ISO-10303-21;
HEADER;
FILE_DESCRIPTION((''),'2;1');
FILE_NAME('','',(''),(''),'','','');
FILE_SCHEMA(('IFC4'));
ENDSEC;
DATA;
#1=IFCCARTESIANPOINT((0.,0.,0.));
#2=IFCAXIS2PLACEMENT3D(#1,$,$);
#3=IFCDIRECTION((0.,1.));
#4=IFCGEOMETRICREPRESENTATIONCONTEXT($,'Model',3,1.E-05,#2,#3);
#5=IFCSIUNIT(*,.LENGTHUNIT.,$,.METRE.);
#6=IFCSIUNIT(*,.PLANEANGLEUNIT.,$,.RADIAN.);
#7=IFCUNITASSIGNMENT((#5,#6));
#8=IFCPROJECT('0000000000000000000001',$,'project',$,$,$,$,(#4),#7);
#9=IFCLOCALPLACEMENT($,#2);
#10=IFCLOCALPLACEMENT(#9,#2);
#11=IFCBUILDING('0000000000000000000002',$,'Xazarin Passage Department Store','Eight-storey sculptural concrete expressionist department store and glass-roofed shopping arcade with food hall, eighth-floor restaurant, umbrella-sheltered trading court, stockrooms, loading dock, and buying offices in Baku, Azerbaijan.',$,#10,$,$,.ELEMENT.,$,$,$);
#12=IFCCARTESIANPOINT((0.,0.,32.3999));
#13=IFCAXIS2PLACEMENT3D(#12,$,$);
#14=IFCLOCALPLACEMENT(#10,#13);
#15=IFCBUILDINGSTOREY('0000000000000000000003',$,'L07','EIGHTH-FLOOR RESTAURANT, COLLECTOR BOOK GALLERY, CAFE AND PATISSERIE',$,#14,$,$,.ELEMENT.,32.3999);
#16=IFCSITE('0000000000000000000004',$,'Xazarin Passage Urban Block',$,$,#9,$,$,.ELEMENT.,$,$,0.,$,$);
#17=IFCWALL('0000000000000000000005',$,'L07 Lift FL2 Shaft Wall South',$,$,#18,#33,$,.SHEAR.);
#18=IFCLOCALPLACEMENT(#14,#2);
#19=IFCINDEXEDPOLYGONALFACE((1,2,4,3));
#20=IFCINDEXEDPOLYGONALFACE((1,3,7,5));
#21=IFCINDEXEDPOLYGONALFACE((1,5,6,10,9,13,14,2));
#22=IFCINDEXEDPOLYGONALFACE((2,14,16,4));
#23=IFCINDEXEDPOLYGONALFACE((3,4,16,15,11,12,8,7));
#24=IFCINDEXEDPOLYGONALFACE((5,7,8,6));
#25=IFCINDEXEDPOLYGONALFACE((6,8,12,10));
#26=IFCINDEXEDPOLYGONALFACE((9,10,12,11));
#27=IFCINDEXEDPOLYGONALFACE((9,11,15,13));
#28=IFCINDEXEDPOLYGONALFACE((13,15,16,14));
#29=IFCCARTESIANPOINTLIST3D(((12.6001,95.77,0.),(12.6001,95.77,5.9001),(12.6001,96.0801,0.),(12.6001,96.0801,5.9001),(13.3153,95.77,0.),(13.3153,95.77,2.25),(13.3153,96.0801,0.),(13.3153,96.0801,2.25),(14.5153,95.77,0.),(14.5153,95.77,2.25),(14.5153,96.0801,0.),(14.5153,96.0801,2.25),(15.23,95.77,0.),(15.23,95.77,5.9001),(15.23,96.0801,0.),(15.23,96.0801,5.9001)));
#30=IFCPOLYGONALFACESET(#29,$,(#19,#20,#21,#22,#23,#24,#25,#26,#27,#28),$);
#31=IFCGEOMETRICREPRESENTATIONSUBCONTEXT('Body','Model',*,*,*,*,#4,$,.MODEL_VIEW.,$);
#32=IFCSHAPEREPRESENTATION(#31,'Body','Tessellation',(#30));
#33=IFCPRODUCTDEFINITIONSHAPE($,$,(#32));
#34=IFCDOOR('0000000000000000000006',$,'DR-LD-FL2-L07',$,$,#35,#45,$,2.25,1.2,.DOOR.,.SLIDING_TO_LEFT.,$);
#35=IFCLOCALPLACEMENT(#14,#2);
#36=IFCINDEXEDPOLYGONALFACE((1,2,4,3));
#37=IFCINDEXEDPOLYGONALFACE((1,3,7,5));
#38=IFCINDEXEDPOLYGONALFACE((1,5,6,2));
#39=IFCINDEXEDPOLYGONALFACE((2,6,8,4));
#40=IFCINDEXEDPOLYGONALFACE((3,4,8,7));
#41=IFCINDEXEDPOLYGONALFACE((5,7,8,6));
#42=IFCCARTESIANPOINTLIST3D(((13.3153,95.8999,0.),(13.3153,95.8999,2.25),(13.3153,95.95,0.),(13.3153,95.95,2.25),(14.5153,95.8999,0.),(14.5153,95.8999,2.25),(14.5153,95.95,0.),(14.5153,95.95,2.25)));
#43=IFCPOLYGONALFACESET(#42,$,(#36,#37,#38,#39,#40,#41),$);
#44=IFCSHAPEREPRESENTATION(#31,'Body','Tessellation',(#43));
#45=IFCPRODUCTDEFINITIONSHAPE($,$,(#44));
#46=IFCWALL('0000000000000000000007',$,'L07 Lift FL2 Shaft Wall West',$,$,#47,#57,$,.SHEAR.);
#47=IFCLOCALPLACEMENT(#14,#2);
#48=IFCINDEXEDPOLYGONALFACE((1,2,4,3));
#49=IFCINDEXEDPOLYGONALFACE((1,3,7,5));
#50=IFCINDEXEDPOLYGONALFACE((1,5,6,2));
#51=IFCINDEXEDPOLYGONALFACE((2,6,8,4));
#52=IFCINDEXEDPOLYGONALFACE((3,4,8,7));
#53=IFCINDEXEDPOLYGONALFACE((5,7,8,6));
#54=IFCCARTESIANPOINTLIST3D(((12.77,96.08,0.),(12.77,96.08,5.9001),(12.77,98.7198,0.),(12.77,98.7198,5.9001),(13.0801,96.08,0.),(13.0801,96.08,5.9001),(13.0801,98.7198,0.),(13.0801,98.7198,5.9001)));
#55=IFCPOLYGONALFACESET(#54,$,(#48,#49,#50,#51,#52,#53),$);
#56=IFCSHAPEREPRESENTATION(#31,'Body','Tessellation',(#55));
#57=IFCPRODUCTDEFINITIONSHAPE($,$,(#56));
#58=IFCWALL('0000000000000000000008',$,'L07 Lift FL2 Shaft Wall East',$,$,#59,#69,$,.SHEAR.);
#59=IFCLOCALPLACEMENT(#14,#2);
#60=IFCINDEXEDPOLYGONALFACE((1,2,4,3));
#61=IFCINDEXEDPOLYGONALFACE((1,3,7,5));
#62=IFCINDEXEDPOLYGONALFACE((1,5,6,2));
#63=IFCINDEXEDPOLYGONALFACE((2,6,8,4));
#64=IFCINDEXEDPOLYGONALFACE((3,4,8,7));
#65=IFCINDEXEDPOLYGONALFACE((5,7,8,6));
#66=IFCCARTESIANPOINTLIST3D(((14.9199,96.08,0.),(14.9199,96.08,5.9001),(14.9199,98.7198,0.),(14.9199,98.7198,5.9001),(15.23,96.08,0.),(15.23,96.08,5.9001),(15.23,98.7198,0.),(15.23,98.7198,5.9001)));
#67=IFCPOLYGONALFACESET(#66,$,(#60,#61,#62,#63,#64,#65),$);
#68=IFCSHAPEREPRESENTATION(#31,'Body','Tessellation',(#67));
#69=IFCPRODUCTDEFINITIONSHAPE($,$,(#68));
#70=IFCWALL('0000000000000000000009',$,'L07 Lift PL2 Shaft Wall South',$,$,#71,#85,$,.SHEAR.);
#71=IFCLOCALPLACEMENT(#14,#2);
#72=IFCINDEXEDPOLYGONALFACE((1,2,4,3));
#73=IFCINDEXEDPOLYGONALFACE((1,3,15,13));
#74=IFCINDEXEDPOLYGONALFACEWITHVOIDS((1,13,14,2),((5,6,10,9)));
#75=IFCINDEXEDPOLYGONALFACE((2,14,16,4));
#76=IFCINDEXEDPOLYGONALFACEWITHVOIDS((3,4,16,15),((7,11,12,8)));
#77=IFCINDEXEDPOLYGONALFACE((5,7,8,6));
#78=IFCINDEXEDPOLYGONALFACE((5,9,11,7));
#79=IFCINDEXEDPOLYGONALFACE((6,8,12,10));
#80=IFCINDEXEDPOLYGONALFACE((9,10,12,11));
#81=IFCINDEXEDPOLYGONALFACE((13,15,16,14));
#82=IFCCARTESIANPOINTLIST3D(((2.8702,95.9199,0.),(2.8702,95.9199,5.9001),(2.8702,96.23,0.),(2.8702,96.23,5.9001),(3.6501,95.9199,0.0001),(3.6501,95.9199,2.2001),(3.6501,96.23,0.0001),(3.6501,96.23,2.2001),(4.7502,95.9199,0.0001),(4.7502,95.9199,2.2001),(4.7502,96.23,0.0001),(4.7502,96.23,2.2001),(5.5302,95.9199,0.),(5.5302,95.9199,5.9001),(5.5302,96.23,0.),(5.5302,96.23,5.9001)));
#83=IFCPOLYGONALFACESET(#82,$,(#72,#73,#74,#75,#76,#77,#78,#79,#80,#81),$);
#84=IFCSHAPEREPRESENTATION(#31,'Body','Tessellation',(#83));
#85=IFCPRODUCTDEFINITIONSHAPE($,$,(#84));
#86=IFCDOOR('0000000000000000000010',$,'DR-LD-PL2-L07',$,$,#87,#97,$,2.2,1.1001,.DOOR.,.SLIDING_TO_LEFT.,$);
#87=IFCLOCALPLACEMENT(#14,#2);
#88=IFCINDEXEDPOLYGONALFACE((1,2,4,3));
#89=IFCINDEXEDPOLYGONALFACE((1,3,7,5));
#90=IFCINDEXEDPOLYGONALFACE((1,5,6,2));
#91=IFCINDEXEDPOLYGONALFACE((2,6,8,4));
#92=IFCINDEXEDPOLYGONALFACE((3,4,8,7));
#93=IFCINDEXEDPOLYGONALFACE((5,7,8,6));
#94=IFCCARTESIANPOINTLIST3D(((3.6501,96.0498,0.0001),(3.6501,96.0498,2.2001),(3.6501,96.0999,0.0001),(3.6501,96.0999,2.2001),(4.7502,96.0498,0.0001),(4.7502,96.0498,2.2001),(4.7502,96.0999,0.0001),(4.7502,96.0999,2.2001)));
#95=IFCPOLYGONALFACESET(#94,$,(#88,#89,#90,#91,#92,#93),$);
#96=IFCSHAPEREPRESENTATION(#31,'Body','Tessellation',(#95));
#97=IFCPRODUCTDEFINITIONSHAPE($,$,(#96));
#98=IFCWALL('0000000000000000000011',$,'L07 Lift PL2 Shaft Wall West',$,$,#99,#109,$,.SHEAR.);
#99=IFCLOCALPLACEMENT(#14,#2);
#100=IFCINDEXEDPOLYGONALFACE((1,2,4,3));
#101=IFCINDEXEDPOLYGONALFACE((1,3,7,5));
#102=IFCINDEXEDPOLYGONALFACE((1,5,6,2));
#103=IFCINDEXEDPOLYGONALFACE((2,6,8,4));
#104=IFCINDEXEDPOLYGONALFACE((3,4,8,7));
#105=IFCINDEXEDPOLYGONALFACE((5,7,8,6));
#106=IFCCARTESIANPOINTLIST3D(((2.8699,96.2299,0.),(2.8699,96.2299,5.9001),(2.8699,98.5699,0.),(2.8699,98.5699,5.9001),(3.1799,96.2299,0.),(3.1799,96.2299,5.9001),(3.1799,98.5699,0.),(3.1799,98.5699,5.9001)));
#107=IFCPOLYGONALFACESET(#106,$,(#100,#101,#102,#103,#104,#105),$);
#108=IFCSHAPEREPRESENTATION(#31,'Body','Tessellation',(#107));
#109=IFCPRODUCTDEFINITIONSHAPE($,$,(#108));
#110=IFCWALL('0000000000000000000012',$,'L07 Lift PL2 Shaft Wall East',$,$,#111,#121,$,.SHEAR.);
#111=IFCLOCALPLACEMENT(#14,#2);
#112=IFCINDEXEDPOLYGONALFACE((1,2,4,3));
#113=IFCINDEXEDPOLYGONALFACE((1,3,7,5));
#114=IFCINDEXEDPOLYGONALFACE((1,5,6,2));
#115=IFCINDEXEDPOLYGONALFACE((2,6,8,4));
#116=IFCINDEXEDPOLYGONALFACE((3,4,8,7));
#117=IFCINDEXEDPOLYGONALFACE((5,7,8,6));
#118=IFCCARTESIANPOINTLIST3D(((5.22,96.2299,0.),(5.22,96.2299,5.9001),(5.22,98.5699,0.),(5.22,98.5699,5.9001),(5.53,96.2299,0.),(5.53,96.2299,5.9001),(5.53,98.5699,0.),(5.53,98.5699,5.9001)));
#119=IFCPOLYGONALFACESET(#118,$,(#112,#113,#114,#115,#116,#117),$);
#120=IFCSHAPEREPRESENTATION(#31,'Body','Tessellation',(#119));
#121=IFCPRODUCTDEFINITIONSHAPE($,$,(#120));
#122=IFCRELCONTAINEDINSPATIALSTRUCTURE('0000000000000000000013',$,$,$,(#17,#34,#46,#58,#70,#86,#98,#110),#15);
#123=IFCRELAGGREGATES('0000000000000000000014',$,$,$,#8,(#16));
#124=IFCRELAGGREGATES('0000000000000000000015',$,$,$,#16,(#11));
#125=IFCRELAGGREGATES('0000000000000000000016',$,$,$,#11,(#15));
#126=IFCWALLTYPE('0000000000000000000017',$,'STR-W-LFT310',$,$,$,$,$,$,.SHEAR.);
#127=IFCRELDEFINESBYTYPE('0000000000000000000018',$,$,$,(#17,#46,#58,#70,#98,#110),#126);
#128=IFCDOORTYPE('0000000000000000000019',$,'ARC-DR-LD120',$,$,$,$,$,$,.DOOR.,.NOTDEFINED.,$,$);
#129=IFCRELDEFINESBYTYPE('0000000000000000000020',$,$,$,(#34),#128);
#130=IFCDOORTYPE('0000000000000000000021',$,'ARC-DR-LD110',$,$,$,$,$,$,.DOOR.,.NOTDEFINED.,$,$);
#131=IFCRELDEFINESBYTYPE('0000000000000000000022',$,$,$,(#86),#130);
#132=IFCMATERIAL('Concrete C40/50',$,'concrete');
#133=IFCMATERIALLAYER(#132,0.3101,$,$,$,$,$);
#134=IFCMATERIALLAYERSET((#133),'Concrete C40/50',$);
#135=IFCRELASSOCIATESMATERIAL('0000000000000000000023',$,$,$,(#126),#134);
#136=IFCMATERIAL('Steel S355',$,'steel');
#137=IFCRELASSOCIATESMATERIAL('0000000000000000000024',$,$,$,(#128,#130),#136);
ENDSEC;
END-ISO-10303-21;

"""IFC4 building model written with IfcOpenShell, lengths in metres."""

from ifc_helpers import new_model, si_unit, direction, frame, frame_2d, origin, place, context, subcontext, project, spatial, rectangle, extrude, material, layer, layer_set, type_object, element, fill, save


model = new_model("IFC4")

# Units and contexts
model_context = context("Model", 3, precision=1e-05, world=origin(), true_north=direction((0.0, 1.0)))
body_context = subcontext(model_context, "Body", "Model", "MODEL_VIEW")
ifc_project = project(units=[si_unit("LENGTHUNIT", "METRE"), si_unit("PLANEANGLEUNIT", "RADIAN")], contexts=[model_context])

# Site, building, storey
site_placement = place(None, origin())
site = spatial("IfcSite", under=ifc_project, at=site_placement, Name="Xazarin Passage Urban Block", CompositionType="ELEMENT", RefElevation=0.0)
building_placement = place(site_placement, origin())
building = spatial("IfcBuilding", under=site, at=building_placement, Name="Xazarin Passage Department Store", Description="Eight-storey sculptural concrete expressionist department store and glass-roofed shopping arcade with food hall, eighth-floor restaurant, umbrella-sheltered trading court, stockrooms, loading dock, and buying offices in Baku, Azerbaijan.", CompositionType="ELEMENT")
storey_placement = place(building_placement, frame((0.0, 0.0, 32.3999)))
storey = spatial("IfcBuildingStorey", under=building, at=storey_placement, Name="L07", Description="EIGHTH-FLOOR RESTAURANT, COLLECTOR BOOK GALLERY, CAFE AND PATISSERIE", CompositionType="ELEMENT", Elevation=32.3999)

# Shared definitions
ifc_material_1 = material(Name="Concrete C40/50", Category="concrete")

# Shared definitions
ifc_material_2 = material(Name="Steel S355", Category="steel")

# Shared definitions
ifc_layer_1 = layer(ifc_material_1, 0.3101)
ifc_layer_set_1 = layer_set([ifc_layer_1], Name="Concrete C40/50")
wall_type_1 = type_object("IfcWallType", Name="STR-W-LFT310", PredefinedType="SHEAR", material=ifc_layer_set_1)
door_type_1 = type_object("IfcDoorType", Name="ARC-DR-LD120", OperationType="NOTDEFINED", PredefinedType="DOOR", material=ifc_material_2)

# Wall, opening, door
wall_1_placement = place(storey_placement, frame((12.6001, 95.925, 0.0), z_axis=(0.0, 0.0, 1.0), x_axis=(1.0, 0.0, 0.0)))
wall_1 = element("IfcWall", 1, at=wall_1_placement, inside=storey, type_object=wall_type_1, Name="L07 Lift FL2 Shaft Wall South", PredefinedType="SHEAR", context=body_context, shape_type="SweptSolid", body=[
    extrude(rectangle(XDim=2.6299, YDim=0.3101, at=frame_2d((1.3149, 0.0))), origin(), (0.0, 0.0, 1.0), 5.9001),
])
opening_1_placement = place(wall_1_placement, frame((0.7151, 0.0, 0.0)))
opening_1 = element("IfcOpeningElement", 2, at=opening_1_placement, cuts=wall_1, PredefinedType="OPENING", context=body_context, shape_type="SweptSolid", body=[
    extrude(rectangle(XDim=1.2, YDim=2.25, at=frame_2d((0.6001, 1.125))), frame((0.0, 0.165, 0.0), z_axis=(0.0, -1.0, 0.0), x_axis=(1.0, 0.0, 0.0)), (0.0, 0.0, 1.0), 0.3301),
])
door_1_placement = place(opening_1_placement, origin())
door_1 = element("IfcDoor", 3, at=door_1_placement, inside=storey, type_object=door_type_1, Name="DR-LD-FL2-L07", OperationType="SLIDING_TO_LEFT", OverallHeight=2.25, OverallWidth=1.2, PredefinedType="DOOR", context=body_context, shape_type="SweptSolid", body=[
    extrude(rectangle(XDim=1.2, YDim=2.25, at=frame_2d((0.6001, 1.125))), frame((0.0, 0.0249, 0.0), z_axis=(0.0, -1.0, 0.0), x_axis=(1.0, 0.0, 0.0)), (0.0, 0.0, 1.0), 0.05),
])
fill(opening_1, door_1)

# Walls
for number, where, z_axis, x_axis, name in (
    (4, (12.925, 96.0801, 0.0), (0.0, 0.0, 1.0), (0.0, 1.0, 0.0), "L07 Lift FL2 Shaft Wall West"),
    (5, (15.075, 96.0801, 0.0), (0.0, 0.0, 1.0), (0.0, 1.0, 0.0), "L07 Lift FL2 Shaft Wall East"),
):
    element("IfcWall", number, at=place(storey_placement, frame(where, z_axis=z_axis, x_axis=x_axis)), inside=storey, type_object=wall_type_1, Name=name, PredefinedType="SHEAR", context=body_context, shape_type="SweptSolid", body=[
        extrude(rectangle(XDim=2.6399, YDim=0.3101, at=frame_2d((1.3198, 0.0))), origin(), (0.0, 0.0, 1.0), 5.9001),
    ])

# Wall, opening, door
wall_2_placement = place(storey_placement, frame((2.8701, 96.075, 0.0), z_axis=(0.0, 0.0, 1.0), x_axis=(1.0, 0.0, 0.0)))
wall_2 = element("IfcWall", 6, at=wall_2_placement, inside=storey, type_object=wall_type_1, Name="L07 Lift PL2 Shaft Wall South", PredefinedType="SHEAR", context=body_context, shape_type="SweptSolid", body=[
    extrude(rectangle(XDim=2.6599, YDim=0.3101, at=frame_2d((1.3301, 0.0))), origin(), (0.0, 0.0, 1.0), 5.9001),
])
opening_2_placement = place(wall_2_placement, frame((0.78, 0.0, 0.0)))
opening_2 = element("IfcOpeningElement", 7, at=opening_2_placement, cuts=wall_2, PredefinedType="OPENING", context=body_context, shape_type="SweptSolid", body=[
    extrude(rectangle(XDim=1.1001, YDim=2.2, at=frame_2d((0.55, 1.1001))), frame((0.0, 0.165, 0.0), z_axis=(0.0, -1.0, 0.0), x_axis=(1.0, 0.0, 0.0)), (0.0, 0.0, 1.0), 0.3301),
])
door_type_2 = type_object("IfcDoorType", Name="ARC-DR-LD110", OperationType="NOTDEFINED", PredefinedType="DOOR", material=ifc_material_2)
door_2_placement = place(opening_2_placement, origin())
door_2 = element("IfcDoor", 8, at=door_2_placement, inside=storey, type_object=door_type_2, Name="DR-LD-PL2-L07", OperationType="SLIDING_TO_LEFT", OverallHeight=2.2, OverallWidth=1.1001, PredefinedType="DOOR", context=body_context, shape_type="SweptSolid", body=[
    extrude(rectangle(XDim=1.1001, YDim=2.2, at=frame_2d((0.55, 1.1001))), frame((0.0, 0.0249, 0.0), z_axis=(0.0, -1.0, 0.0), x_axis=(1.0, 0.0, 0.0)), (0.0, 0.0, 1.0), 0.05),
])
fill(opening_2, door_2)

# Walls
for number, where, z_axis, x_axis, name in (
    (9, (3.0249, 96.23, 0.0), (0.0, 0.0, 1.0), (0.0, 1.0, 0.0), "L07 Lift PL2 Shaft Wall West"),
    (10, (5.375, 96.23, 0.0), (0.0, 0.0, 1.0), (0.0, 1.0, 0.0), "L07 Lift PL2 Shaft Wall East"),
):
    element("IfcWall", number, at=place(storey_placement, frame(where, z_axis=z_axis, x_axis=x_axis)), inside=storey, type_object=wall_type_1, Name=name, PredefinedType="SHEAR", context=body_context, shape_type="SweptSolid", body=[
        extrude(rectangle(XDim=2.3401, YDim=0.3101, at=frame_2d((1.1699, 0.0))), origin(), (0.0, 0.0, 1.0), 5.9001),
    ])

save(model, "model.ifc")
